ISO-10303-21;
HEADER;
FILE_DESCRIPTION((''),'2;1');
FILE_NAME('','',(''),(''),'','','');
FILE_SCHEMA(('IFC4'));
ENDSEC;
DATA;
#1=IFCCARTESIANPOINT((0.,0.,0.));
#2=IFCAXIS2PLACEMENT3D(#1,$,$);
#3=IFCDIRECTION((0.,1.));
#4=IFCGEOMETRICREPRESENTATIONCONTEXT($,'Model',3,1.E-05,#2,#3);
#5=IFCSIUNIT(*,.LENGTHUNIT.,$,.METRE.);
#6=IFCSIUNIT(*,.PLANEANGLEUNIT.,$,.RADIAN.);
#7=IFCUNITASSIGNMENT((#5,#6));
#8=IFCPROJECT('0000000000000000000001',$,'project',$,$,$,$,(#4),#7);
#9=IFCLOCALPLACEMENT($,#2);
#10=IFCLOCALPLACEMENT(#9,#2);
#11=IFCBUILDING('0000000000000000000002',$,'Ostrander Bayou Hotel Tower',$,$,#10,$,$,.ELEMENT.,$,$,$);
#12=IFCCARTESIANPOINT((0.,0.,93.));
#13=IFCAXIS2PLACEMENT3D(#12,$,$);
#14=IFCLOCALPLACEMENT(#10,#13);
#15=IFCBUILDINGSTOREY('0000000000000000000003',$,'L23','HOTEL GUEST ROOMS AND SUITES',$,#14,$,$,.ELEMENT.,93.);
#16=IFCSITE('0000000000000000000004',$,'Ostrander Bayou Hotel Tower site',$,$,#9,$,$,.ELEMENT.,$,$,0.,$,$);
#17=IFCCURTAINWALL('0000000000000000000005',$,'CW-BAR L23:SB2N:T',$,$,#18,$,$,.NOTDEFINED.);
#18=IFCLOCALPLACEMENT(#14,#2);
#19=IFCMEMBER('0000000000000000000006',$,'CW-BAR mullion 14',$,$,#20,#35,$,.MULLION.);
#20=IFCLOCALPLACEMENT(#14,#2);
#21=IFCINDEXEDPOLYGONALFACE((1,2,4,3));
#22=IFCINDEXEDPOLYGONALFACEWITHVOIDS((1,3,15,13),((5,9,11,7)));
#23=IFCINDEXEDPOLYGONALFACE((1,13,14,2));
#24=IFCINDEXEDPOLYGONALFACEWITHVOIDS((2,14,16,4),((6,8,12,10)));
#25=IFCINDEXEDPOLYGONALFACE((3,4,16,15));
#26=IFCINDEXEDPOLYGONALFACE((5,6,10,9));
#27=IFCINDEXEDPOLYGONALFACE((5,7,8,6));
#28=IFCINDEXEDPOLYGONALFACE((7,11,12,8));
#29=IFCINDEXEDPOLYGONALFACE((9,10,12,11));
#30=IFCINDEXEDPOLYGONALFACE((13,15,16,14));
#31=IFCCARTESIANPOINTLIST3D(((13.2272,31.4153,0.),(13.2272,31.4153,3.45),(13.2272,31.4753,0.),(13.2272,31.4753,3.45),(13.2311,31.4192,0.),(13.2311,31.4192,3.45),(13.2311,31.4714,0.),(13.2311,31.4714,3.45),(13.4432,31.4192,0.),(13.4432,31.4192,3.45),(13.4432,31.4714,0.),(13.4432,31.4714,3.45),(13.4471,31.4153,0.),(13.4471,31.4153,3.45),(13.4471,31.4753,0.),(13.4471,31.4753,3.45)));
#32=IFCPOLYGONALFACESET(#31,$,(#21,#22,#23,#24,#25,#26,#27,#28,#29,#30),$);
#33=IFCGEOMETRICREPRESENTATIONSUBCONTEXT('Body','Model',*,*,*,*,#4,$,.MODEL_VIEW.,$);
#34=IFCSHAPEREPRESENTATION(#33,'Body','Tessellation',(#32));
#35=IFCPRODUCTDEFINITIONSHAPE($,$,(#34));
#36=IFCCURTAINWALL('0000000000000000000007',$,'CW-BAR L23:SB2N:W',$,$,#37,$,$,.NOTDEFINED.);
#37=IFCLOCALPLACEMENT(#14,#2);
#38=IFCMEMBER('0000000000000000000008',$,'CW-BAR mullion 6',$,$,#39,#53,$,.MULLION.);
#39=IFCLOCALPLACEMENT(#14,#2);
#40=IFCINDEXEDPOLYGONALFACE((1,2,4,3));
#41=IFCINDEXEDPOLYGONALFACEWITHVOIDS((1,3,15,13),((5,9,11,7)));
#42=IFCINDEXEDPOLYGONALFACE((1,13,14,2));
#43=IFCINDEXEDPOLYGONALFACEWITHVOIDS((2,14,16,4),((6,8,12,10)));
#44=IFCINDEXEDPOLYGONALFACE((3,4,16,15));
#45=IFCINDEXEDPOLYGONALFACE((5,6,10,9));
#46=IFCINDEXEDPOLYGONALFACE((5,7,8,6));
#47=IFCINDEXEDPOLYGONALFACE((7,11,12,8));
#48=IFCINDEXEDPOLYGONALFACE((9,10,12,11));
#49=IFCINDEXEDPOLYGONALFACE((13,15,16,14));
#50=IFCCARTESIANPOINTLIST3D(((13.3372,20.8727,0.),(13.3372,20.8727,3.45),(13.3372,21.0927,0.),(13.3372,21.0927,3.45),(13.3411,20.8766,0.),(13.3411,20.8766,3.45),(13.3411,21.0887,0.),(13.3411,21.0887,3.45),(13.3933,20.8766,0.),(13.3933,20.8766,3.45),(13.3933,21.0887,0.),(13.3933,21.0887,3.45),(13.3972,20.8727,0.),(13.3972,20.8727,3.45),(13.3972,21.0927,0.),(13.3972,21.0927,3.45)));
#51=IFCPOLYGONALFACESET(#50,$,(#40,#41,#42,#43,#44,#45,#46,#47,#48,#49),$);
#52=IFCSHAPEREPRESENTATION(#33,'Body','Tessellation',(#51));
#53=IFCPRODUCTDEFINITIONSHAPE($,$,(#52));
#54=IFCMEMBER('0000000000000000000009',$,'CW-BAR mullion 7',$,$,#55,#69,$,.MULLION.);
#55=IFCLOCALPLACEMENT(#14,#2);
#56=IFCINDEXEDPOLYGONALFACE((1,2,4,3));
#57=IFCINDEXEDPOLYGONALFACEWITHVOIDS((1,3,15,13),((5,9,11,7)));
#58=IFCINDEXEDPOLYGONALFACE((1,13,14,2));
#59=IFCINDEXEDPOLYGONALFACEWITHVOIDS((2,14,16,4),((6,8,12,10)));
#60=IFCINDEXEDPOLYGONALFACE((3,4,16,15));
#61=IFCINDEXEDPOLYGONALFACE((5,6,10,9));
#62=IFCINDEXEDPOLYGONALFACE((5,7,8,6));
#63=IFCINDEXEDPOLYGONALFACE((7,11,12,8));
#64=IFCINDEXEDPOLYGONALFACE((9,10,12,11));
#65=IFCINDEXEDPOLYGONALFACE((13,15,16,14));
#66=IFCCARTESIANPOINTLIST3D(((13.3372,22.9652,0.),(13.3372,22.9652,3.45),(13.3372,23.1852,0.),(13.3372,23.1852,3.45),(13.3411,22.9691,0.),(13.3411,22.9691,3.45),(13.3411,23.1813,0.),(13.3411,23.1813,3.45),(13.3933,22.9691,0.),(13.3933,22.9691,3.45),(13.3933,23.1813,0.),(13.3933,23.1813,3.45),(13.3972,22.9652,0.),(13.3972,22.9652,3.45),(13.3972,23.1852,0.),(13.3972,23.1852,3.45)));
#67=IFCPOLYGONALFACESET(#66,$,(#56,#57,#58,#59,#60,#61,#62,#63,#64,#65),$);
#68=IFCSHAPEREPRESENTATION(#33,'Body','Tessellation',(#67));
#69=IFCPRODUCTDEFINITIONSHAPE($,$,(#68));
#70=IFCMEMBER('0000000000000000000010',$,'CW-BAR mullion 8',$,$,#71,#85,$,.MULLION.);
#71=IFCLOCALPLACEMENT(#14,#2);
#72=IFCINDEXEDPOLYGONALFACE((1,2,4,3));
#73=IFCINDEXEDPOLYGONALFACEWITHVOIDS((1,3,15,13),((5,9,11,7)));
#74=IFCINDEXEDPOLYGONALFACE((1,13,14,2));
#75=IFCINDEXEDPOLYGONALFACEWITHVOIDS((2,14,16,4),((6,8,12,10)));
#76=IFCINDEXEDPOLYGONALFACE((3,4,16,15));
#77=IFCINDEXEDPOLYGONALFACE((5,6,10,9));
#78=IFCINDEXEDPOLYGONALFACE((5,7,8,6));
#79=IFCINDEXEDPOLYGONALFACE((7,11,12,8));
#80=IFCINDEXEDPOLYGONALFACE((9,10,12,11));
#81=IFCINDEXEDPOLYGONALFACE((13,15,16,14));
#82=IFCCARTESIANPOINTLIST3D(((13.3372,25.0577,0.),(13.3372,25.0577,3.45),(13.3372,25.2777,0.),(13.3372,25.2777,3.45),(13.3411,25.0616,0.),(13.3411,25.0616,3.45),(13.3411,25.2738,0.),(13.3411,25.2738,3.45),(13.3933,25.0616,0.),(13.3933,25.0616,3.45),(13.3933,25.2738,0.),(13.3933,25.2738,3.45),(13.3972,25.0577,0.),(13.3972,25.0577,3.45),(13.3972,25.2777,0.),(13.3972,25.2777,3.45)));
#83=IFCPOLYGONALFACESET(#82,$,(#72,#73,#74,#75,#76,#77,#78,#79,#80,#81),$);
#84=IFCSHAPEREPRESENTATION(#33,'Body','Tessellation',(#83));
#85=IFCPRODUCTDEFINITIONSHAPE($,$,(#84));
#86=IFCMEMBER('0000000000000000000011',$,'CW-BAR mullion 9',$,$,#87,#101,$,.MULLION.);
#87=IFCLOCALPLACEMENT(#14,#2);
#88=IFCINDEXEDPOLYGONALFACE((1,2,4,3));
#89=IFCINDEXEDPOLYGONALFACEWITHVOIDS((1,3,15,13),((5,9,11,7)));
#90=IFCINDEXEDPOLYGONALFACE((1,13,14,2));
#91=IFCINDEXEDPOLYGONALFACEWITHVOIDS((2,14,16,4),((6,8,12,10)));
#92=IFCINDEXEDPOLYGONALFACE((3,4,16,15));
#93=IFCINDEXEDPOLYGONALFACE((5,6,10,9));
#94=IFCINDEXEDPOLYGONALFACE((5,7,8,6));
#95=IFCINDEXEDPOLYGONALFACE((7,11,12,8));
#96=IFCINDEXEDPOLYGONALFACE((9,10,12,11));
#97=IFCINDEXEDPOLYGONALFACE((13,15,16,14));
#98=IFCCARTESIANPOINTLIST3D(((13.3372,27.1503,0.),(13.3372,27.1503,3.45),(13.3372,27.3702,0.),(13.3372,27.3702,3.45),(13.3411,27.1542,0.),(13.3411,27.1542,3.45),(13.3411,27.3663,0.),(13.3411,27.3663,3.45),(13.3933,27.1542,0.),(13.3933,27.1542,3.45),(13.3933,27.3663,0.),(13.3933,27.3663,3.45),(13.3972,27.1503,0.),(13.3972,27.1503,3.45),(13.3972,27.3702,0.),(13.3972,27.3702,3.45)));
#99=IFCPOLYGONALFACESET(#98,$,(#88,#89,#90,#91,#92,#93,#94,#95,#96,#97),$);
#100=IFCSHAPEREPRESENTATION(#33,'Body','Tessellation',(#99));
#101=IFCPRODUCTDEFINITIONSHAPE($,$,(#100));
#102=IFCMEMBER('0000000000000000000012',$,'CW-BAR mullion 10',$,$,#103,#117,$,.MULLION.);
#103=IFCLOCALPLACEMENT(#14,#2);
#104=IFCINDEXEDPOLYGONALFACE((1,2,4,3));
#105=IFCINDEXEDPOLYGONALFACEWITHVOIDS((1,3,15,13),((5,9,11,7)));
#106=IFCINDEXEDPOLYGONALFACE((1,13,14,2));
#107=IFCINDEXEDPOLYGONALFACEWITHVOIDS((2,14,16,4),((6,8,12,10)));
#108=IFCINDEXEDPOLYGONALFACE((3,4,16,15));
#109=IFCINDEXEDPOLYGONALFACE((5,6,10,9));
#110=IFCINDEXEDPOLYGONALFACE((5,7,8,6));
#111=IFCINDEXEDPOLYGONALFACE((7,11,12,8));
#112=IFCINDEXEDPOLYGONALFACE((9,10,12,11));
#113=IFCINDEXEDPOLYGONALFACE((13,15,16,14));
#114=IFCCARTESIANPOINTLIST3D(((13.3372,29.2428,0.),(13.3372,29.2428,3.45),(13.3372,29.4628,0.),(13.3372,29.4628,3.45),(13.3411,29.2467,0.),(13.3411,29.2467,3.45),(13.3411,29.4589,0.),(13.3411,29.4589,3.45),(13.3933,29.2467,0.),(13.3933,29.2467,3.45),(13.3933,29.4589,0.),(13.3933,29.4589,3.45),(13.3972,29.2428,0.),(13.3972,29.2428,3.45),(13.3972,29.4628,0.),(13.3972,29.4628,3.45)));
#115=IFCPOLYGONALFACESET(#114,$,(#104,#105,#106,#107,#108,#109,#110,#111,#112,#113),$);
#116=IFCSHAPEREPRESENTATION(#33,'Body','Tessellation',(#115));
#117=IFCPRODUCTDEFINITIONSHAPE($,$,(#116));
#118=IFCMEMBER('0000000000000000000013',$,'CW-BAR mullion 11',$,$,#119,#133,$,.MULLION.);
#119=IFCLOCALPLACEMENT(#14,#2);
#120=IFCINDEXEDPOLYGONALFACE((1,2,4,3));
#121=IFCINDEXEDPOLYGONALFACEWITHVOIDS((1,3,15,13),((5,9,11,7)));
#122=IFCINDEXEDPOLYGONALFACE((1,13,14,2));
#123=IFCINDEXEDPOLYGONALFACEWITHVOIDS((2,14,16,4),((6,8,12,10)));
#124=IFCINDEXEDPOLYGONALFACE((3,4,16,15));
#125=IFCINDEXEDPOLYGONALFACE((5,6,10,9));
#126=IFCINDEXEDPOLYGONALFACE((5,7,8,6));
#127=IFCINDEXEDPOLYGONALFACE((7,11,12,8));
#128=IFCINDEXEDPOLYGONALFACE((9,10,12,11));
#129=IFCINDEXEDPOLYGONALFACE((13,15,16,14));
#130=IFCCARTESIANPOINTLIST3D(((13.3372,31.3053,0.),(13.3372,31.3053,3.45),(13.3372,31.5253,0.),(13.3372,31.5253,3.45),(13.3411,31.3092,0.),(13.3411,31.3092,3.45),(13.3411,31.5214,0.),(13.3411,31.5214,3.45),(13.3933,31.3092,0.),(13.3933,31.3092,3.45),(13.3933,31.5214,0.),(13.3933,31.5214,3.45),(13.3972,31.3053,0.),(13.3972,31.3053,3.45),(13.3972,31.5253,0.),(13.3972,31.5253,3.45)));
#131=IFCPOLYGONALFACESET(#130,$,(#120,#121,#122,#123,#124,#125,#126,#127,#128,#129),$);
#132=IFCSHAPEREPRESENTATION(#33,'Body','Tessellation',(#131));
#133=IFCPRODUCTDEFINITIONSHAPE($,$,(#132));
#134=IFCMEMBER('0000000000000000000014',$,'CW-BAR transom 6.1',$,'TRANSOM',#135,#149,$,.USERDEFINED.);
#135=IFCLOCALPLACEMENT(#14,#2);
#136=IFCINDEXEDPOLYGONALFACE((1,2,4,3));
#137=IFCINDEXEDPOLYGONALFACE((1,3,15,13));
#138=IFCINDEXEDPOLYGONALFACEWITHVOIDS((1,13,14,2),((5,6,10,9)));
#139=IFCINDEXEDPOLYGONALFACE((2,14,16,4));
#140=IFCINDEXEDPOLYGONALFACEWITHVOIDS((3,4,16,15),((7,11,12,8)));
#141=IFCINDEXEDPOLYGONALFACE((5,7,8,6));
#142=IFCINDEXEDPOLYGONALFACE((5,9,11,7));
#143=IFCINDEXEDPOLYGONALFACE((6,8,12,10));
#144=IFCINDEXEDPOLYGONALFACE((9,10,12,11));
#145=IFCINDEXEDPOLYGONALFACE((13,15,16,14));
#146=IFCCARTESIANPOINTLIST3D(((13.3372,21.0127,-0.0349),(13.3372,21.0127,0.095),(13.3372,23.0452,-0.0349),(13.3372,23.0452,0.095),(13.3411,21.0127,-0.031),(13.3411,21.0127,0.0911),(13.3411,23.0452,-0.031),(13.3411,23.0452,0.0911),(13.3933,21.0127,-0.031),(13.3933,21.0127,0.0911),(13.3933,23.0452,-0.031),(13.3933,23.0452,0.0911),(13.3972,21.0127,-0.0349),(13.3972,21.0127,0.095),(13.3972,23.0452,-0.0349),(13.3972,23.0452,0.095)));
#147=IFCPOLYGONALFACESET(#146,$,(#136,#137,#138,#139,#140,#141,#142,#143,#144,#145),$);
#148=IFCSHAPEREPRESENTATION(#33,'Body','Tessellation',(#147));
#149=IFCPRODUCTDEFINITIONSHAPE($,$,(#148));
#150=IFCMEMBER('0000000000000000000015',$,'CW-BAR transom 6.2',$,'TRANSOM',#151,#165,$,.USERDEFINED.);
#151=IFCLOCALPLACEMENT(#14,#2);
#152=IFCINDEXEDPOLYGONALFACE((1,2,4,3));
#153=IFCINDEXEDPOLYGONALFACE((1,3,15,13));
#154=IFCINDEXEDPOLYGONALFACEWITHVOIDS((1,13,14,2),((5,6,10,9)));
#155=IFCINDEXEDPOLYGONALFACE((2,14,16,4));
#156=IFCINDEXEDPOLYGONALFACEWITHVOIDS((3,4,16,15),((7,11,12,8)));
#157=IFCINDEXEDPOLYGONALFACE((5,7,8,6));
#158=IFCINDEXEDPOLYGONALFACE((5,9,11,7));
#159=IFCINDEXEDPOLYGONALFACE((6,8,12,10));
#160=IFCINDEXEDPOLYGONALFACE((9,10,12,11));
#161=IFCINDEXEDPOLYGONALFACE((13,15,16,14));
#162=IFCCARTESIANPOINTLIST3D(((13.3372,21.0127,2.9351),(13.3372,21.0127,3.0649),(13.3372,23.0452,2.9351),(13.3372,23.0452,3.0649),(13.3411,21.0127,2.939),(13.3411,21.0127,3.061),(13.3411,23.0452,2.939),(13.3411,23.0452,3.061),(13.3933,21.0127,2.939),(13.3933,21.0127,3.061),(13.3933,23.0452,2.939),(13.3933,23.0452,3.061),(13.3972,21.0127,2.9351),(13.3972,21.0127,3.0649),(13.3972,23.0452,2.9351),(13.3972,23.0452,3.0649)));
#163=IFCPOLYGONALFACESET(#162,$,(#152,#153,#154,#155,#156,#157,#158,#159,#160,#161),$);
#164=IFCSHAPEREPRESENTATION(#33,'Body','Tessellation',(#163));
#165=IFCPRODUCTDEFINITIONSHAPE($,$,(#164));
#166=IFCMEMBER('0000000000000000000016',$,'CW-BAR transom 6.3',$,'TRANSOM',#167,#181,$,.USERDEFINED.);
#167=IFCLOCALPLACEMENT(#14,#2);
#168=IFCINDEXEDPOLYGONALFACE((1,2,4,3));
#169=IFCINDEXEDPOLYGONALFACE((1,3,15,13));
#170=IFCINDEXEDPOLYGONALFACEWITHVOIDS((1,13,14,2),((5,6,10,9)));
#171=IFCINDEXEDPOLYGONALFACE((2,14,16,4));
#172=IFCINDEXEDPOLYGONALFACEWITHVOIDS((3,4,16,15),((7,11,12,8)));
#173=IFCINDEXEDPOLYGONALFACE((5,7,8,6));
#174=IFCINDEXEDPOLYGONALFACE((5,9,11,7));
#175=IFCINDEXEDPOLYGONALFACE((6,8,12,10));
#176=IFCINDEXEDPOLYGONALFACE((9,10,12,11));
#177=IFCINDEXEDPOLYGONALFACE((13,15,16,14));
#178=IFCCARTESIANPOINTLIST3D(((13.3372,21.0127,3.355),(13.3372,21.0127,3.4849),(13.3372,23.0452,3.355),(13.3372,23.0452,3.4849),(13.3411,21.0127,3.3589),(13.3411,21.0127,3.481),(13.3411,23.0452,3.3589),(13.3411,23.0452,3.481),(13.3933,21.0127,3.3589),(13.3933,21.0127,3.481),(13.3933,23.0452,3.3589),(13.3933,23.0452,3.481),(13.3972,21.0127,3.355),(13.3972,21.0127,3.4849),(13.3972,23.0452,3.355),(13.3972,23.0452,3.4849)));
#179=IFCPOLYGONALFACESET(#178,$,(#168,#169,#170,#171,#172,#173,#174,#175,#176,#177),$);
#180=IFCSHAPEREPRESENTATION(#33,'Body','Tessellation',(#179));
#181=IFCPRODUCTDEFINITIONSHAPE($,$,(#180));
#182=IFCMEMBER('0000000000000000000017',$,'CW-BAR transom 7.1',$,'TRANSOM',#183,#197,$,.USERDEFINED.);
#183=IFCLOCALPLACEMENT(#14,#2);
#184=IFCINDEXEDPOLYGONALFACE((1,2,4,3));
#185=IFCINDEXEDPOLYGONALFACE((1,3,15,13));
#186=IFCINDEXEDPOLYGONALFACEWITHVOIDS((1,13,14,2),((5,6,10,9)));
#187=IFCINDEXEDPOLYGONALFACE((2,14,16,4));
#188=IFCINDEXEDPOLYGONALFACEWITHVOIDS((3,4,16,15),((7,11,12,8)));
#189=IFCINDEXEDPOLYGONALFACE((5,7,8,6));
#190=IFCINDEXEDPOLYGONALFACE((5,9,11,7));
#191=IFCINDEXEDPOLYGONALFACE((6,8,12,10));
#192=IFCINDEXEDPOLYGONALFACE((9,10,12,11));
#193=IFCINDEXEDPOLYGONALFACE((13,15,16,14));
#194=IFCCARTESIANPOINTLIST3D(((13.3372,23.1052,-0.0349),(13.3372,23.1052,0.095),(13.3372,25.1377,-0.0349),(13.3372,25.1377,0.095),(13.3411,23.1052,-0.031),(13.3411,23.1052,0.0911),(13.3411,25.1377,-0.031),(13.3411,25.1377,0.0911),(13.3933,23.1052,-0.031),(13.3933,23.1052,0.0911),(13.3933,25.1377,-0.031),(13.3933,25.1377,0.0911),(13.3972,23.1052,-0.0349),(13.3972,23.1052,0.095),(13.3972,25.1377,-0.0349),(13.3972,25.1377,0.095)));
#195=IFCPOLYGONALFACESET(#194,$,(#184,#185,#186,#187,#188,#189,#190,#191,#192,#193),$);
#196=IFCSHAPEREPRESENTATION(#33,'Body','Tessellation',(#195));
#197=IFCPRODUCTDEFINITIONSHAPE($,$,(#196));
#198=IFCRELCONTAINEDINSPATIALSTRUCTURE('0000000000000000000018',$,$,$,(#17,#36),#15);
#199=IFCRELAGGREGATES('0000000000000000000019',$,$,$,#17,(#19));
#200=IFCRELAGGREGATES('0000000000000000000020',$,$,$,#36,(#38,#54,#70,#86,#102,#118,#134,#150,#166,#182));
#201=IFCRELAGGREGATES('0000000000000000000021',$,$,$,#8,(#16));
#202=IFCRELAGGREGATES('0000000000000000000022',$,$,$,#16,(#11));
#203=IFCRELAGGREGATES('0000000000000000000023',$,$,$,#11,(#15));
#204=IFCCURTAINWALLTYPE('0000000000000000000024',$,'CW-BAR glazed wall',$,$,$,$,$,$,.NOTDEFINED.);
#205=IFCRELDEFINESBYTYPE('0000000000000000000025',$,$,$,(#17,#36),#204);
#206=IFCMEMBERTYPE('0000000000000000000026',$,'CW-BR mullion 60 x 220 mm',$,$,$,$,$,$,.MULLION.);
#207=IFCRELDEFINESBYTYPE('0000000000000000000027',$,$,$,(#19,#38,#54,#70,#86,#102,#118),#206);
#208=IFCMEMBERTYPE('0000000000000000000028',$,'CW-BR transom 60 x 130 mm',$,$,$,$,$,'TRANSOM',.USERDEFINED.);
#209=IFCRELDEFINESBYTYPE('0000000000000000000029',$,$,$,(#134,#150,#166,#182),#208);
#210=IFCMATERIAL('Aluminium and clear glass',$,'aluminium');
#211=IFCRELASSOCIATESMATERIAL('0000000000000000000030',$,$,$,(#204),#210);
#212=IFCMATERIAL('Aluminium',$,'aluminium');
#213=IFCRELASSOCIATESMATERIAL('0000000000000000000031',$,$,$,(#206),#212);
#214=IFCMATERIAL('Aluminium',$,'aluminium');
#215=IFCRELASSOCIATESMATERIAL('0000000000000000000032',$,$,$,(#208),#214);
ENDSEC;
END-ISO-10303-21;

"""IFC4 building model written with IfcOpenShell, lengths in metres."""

from ifc_helpers import new_model, si_unit, direction, frame, origin, origin_2d, place, context, subcontext, project, spatial, hollow_rectangle, extrude, material, material_profile, profile_set, type_object, element, aggregate, save


model = new_model("IFC4")

# Units and contexts
model_context = context("Model", 3, precision=1e-05, world=origin(), true_north=direction((0.0, 1.0)))
body_context = subcontext(model_context, "Body", "Model", "MODEL_VIEW")
ifc_project = project(units=[si_unit("LENGTHUNIT", "METRE"), si_unit("PLANEANGLEUNIT", "RADIAN")], contexts=[model_context])

# Site, building, storey
site_placement = place(None, origin())
site = spatial("IfcSite", under=ifc_project, at=site_placement, Name="Ostrander Bayou Hotel Tower site", CompositionType="ELEMENT", RefElevation=0.0)
building_placement = place(site_placement, origin())
building = spatial("IfcBuilding", under=site, at=building_placement, Name="Ostrander Bayou Hotel Tower", CompositionType="ELEMENT")
storey_placement = place(building_placement, frame((0.0, 0.0, 93.0)))
storey = spatial("IfcBuildingStorey", under=building, at=storey_placement, Name="L23", Description="HOTEL GUEST ROOMS AND SUITES", CompositionType="ELEMENT", Elevation=93.0)

# Curtain wall, member
ifc_material_1 = material(Name="Aluminium and clear glass", Category="aluminium")
curtain_wall_type = type_object("IfcCurtainWallType", Name="CW-BAR glazed wall", PredefinedType="NOTDEFINED", material=ifc_material_1)
curtain_wall_1_placement = place(storey_placement, origin())
curtain_wall_1 = element("IfcCurtainWall", 1, at=curtain_wall_1_placement, inside=storey, type_object=curtain_wall_type, Name="CW-BAR L23:SB2N:T", PredefinedType="NOTDEFINED")
ifc_material_2 = material(Name="Aluminium", Category="aluminium")
ifc_material_profile_1 = material_profile(ifc_material_2, hollow_rectangle(XDim=0.0601, YDim=0.22, WallThickness=0.0039, at=origin_2d()))
ifc_profile_set_1 = profile_set([ifc_material_profile_1], Name="Aluminium")
member_type_1 = type_object("IfcMemberType", Name="CW-BR mullion 60 x 220 mm", PredefinedType="MULLION", material=ifc_profile_set_1)
member_1_placement = place(storey_placement, frame((13.3372, 31.4453, 0.0), z_axis=(0.0, 0.0, 1.0), x_axis=(0.0, 1.0, 0.0)))
member_1 = element("IfcMember", 2, at=member_1_placement, type_object=member_type_1, Name="CW-BAR mullion 14", PredefinedType="MULLION", context=body_context, shape_type="SweptSolid", body=[
    extrude(hollow_rectangle(XDim=0.0601, YDim=0.22, WallThickness=0.0039, at=origin_2d()), origin(), (0.0, 0.0, 1.0), 3.45),
])

# Curtain wall, members
curtain_wall_2_placement = place(storey_placement, origin())
curtain_wall_2 = element("IfcCurtainWall", 3, at=curtain_wall_2_placement, inside=storey, type_object=curtain_wall_type, Name="CW-BAR L23:SB2N:W", PredefinedType="NOTDEFINED")
member_2_placement = place(storey_placement, frame((13.3672, 20.9827, 0.0), z_axis=(0.0, 0.0, 1.0), x_axis=(-1.0, 0.0, 0.0)))
member_2 = element("IfcMember", 4, at=member_2_placement, type_object=member_type_1, Name="CW-BAR mullion 6", PredefinedType="MULLION", context=body_context, shape_type="SweptSolid", body=[
    extrude(hollow_rectangle(XDim=0.0601, YDim=0.22, WallThickness=0.0039, at=origin_2d()), origin(), (0.0, 0.0, 1.0), 3.45),
])
member_3_placement = place(storey_placement, frame((13.3672, 23.0752, 0.0), z_axis=(0.0, 0.0, 1.0), x_axis=(-1.0, 0.0, 0.0)))
member_3 = element("IfcMember", 5, at=member_3_placement, type_object=member_type_1, Name="CW-BAR mullion 7", PredefinedType="MULLION", context=body_context, shape_type="SweptSolid", body=[
    extrude(hollow_rectangle(XDim=0.0601, YDim=0.22, WallThickness=0.0039, at=origin_2d()), origin(), (0.0, 0.0, 1.0), 3.45),
])
member_4_placement = place(storey_placement, frame((13.3672, 25.1677, 0.0), z_axis=(0.0, 0.0, 1.0), x_axis=(-1.0, 0.0, 0.0)))
member_4 = element("IfcMember", 6, at=member_4_placement, type_object=member_type_1, Name="CW-BAR mullion 8", PredefinedType="MULLION", context=body_context, shape_type="SweptSolid", body=[
    extrude(hollow_rectangle(XDim=0.0601, YDim=0.22, WallThickness=0.0039, at=origin_2d()), origin(), (0.0, 0.0, 1.0), 3.45),
])
member_5_placement = place(storey_placement, frame((13.3672, 27.2603, 0.0), z_axis=(0.0, 0.0, 1.0), x_axis=(-1.0, 0.0, 0.0)))
member_5 = element("IfcMember", 7, at=member_5_placement, type_object=member_type_1, Name="CW-BAR mullion 9", PredefinedType="MULLION", context=body_context, shape_type="SweptSolid", body=[
    extrude(hollow_rectangle(XDim=0.0601, YDim=0.22, WallThickness=0.0039, at=origin_2d()), origin(), (0.0, 0.0, 1.0), 3.45),
])
member_6_placement = place(storey_placement, frame((13.3672, 29.3528, 0.0), z_axis=(0.0, 0.0, 1.0), x_axis=(-1.0, 0.0, 0.0)))
member_6 = element("IfcMember", 8, at=member_6_placement, type_object=member_type_1, Name="CW-BAR mullion 10", PredefinedType="MULLION", context=body_context, shape_type="SweptSolid", body=[
    extrude(hollow_rectangle(XDim=0.0601, YDim=0.22, WallThickness=0.0039, at=origin_2d()), origin(), (0.0, 0.0, 1.0), 3.45),
])
member_7_placement = place(storey_placement, frame((13.3672, 31.4153, 0.0), z_axis=(0.0, 0.0, 1.0), x_axis=(-1.0, 0.0, 0.0)))
member_7 = element("IfcMember", 9, at=member_7_placement, type_object=member_type_1, Name="CW-BAR mullion 11", PredefinedType="MULLION", context=body_context, shape_type="SweptSolid", body=[
    extrude(hollow_rectangle(XDim=0.0601, YDim=0.22, WallThickness=0.0039, at=origin_2d()), origin(), (0.0, 0.0, 1.0), 3.45),
])
ifc_material_3 = material(Name="Aluminium", Category="aluminium")
ifc_material_profile_2 = material_profile(ifc_material_3, hollow_rectangle(XDim=0.0601, YDim=0.1299, WallThickness=0.0039, at=origin_2d()))
ifc_profile_set_2 = profile_set([ifc_material_profile_2], Name="Aluminium")
member_type_2 = type_object("IfcMemberType", Name="CW-BR transom 60 x 130 mm", ElementType="TRANSOM", PredefinedType="USERDEFINED", material=ifc_profile_set_2)
member_8_placement = place(storey_placement, frame((13.3672, 21.0127, 0.03), z_axis=(0.0, 1.0, 0.0), x_axis=(-1.0, 0.0, 0.0)))
member_8 = element("IfcMember", 10, at=member_8_placement, type_object=member_type_2, Name="CW-BAR transom 6.1", ObjectType="TRANSOM", PredefinedType="USERDEFINED", context=body_context, shape_type="SweptSolid", body=[
    extrude(hollow_rectangle(XDim=0.0601, YDim=0.1299, WallThickness=0.0039, at=origin_2d()), origin(), (0.0, 0.0, 1.0), 2.0325),
])
member_9_placement = place(storey_placement, frame((13.3672, 21.0127, 3.0), z_axis=(0.0, 1.0, 0.0), x_axis=(-1.0, 0.0, 0.0)))
member_9 = element("IfcMember", 11, at=member_9_placement, type_object=member_type_2, Name="CW-BAR transom 6.2", ObjectType="TRANSOM", PredefinedType="USERDEFINED", context=body_context, shape_type="SweptSolid", body=[
    extrude(hollow_rectangle(XDim=0.0601, YDim=0.1299, WallThickness=0.0039, at=origin_2d()), origin(), (0.0, 0.0, 1.0), 2.0325),
])
member_10_placement = place(storey_placement, frame((13.3672, 21.0127, 3.4199), z_axis=(0.0, 1.0, 0.0), x_axis=(-1.0, 0.0, 0.0)))
member_10 = element("IfcMember", 12, at=member_10_placement, type_object=member_type_2, Name="CW-BAR transom 6.3", ObjectType="TRANSOM", PredefinedType="USERDEFINED", context=body_context, shape_type="SweptSolid", body=[
    extrude(hollow_rectangle(XDim=0.0601, YDim=0.1299, WallThickness=0.0039, at=origin_2d()), origin(), (0.0, 0.0, 1.0), 2.0325),
])
member_11_placement = place(storey_placement, frame((13.3672, 23.1052, 0.03), z_axis=(0.0, 1.0, 0.0), x_axis=(-1.0, 0.0, 0.0)))
member_11 = element("IfcMember", 13, at=member_11_placement, type_object=member_type_2, Name="CW-BAR transom 7.1", ObjectType="TRANSOM", PredefinedType="USERDEFINED", context=body_context, shape_type="SweptSolid", body=[
    extrude(hollow_rectangle(XDim=0.0601, YDim=0.1299, WallThickness=0.0039, at=origin_2d()), origin(), (0.0, 0.0, 1.0), 2.0325),
])

aggregate(curtain_wall_1, [member_1])
aggregate(curtain_wall_2, [member_2, member_3, member_4, member_5, member_6, member_7, member_8, member_9, member_10, member_11])

save(model, "model.ifc")
